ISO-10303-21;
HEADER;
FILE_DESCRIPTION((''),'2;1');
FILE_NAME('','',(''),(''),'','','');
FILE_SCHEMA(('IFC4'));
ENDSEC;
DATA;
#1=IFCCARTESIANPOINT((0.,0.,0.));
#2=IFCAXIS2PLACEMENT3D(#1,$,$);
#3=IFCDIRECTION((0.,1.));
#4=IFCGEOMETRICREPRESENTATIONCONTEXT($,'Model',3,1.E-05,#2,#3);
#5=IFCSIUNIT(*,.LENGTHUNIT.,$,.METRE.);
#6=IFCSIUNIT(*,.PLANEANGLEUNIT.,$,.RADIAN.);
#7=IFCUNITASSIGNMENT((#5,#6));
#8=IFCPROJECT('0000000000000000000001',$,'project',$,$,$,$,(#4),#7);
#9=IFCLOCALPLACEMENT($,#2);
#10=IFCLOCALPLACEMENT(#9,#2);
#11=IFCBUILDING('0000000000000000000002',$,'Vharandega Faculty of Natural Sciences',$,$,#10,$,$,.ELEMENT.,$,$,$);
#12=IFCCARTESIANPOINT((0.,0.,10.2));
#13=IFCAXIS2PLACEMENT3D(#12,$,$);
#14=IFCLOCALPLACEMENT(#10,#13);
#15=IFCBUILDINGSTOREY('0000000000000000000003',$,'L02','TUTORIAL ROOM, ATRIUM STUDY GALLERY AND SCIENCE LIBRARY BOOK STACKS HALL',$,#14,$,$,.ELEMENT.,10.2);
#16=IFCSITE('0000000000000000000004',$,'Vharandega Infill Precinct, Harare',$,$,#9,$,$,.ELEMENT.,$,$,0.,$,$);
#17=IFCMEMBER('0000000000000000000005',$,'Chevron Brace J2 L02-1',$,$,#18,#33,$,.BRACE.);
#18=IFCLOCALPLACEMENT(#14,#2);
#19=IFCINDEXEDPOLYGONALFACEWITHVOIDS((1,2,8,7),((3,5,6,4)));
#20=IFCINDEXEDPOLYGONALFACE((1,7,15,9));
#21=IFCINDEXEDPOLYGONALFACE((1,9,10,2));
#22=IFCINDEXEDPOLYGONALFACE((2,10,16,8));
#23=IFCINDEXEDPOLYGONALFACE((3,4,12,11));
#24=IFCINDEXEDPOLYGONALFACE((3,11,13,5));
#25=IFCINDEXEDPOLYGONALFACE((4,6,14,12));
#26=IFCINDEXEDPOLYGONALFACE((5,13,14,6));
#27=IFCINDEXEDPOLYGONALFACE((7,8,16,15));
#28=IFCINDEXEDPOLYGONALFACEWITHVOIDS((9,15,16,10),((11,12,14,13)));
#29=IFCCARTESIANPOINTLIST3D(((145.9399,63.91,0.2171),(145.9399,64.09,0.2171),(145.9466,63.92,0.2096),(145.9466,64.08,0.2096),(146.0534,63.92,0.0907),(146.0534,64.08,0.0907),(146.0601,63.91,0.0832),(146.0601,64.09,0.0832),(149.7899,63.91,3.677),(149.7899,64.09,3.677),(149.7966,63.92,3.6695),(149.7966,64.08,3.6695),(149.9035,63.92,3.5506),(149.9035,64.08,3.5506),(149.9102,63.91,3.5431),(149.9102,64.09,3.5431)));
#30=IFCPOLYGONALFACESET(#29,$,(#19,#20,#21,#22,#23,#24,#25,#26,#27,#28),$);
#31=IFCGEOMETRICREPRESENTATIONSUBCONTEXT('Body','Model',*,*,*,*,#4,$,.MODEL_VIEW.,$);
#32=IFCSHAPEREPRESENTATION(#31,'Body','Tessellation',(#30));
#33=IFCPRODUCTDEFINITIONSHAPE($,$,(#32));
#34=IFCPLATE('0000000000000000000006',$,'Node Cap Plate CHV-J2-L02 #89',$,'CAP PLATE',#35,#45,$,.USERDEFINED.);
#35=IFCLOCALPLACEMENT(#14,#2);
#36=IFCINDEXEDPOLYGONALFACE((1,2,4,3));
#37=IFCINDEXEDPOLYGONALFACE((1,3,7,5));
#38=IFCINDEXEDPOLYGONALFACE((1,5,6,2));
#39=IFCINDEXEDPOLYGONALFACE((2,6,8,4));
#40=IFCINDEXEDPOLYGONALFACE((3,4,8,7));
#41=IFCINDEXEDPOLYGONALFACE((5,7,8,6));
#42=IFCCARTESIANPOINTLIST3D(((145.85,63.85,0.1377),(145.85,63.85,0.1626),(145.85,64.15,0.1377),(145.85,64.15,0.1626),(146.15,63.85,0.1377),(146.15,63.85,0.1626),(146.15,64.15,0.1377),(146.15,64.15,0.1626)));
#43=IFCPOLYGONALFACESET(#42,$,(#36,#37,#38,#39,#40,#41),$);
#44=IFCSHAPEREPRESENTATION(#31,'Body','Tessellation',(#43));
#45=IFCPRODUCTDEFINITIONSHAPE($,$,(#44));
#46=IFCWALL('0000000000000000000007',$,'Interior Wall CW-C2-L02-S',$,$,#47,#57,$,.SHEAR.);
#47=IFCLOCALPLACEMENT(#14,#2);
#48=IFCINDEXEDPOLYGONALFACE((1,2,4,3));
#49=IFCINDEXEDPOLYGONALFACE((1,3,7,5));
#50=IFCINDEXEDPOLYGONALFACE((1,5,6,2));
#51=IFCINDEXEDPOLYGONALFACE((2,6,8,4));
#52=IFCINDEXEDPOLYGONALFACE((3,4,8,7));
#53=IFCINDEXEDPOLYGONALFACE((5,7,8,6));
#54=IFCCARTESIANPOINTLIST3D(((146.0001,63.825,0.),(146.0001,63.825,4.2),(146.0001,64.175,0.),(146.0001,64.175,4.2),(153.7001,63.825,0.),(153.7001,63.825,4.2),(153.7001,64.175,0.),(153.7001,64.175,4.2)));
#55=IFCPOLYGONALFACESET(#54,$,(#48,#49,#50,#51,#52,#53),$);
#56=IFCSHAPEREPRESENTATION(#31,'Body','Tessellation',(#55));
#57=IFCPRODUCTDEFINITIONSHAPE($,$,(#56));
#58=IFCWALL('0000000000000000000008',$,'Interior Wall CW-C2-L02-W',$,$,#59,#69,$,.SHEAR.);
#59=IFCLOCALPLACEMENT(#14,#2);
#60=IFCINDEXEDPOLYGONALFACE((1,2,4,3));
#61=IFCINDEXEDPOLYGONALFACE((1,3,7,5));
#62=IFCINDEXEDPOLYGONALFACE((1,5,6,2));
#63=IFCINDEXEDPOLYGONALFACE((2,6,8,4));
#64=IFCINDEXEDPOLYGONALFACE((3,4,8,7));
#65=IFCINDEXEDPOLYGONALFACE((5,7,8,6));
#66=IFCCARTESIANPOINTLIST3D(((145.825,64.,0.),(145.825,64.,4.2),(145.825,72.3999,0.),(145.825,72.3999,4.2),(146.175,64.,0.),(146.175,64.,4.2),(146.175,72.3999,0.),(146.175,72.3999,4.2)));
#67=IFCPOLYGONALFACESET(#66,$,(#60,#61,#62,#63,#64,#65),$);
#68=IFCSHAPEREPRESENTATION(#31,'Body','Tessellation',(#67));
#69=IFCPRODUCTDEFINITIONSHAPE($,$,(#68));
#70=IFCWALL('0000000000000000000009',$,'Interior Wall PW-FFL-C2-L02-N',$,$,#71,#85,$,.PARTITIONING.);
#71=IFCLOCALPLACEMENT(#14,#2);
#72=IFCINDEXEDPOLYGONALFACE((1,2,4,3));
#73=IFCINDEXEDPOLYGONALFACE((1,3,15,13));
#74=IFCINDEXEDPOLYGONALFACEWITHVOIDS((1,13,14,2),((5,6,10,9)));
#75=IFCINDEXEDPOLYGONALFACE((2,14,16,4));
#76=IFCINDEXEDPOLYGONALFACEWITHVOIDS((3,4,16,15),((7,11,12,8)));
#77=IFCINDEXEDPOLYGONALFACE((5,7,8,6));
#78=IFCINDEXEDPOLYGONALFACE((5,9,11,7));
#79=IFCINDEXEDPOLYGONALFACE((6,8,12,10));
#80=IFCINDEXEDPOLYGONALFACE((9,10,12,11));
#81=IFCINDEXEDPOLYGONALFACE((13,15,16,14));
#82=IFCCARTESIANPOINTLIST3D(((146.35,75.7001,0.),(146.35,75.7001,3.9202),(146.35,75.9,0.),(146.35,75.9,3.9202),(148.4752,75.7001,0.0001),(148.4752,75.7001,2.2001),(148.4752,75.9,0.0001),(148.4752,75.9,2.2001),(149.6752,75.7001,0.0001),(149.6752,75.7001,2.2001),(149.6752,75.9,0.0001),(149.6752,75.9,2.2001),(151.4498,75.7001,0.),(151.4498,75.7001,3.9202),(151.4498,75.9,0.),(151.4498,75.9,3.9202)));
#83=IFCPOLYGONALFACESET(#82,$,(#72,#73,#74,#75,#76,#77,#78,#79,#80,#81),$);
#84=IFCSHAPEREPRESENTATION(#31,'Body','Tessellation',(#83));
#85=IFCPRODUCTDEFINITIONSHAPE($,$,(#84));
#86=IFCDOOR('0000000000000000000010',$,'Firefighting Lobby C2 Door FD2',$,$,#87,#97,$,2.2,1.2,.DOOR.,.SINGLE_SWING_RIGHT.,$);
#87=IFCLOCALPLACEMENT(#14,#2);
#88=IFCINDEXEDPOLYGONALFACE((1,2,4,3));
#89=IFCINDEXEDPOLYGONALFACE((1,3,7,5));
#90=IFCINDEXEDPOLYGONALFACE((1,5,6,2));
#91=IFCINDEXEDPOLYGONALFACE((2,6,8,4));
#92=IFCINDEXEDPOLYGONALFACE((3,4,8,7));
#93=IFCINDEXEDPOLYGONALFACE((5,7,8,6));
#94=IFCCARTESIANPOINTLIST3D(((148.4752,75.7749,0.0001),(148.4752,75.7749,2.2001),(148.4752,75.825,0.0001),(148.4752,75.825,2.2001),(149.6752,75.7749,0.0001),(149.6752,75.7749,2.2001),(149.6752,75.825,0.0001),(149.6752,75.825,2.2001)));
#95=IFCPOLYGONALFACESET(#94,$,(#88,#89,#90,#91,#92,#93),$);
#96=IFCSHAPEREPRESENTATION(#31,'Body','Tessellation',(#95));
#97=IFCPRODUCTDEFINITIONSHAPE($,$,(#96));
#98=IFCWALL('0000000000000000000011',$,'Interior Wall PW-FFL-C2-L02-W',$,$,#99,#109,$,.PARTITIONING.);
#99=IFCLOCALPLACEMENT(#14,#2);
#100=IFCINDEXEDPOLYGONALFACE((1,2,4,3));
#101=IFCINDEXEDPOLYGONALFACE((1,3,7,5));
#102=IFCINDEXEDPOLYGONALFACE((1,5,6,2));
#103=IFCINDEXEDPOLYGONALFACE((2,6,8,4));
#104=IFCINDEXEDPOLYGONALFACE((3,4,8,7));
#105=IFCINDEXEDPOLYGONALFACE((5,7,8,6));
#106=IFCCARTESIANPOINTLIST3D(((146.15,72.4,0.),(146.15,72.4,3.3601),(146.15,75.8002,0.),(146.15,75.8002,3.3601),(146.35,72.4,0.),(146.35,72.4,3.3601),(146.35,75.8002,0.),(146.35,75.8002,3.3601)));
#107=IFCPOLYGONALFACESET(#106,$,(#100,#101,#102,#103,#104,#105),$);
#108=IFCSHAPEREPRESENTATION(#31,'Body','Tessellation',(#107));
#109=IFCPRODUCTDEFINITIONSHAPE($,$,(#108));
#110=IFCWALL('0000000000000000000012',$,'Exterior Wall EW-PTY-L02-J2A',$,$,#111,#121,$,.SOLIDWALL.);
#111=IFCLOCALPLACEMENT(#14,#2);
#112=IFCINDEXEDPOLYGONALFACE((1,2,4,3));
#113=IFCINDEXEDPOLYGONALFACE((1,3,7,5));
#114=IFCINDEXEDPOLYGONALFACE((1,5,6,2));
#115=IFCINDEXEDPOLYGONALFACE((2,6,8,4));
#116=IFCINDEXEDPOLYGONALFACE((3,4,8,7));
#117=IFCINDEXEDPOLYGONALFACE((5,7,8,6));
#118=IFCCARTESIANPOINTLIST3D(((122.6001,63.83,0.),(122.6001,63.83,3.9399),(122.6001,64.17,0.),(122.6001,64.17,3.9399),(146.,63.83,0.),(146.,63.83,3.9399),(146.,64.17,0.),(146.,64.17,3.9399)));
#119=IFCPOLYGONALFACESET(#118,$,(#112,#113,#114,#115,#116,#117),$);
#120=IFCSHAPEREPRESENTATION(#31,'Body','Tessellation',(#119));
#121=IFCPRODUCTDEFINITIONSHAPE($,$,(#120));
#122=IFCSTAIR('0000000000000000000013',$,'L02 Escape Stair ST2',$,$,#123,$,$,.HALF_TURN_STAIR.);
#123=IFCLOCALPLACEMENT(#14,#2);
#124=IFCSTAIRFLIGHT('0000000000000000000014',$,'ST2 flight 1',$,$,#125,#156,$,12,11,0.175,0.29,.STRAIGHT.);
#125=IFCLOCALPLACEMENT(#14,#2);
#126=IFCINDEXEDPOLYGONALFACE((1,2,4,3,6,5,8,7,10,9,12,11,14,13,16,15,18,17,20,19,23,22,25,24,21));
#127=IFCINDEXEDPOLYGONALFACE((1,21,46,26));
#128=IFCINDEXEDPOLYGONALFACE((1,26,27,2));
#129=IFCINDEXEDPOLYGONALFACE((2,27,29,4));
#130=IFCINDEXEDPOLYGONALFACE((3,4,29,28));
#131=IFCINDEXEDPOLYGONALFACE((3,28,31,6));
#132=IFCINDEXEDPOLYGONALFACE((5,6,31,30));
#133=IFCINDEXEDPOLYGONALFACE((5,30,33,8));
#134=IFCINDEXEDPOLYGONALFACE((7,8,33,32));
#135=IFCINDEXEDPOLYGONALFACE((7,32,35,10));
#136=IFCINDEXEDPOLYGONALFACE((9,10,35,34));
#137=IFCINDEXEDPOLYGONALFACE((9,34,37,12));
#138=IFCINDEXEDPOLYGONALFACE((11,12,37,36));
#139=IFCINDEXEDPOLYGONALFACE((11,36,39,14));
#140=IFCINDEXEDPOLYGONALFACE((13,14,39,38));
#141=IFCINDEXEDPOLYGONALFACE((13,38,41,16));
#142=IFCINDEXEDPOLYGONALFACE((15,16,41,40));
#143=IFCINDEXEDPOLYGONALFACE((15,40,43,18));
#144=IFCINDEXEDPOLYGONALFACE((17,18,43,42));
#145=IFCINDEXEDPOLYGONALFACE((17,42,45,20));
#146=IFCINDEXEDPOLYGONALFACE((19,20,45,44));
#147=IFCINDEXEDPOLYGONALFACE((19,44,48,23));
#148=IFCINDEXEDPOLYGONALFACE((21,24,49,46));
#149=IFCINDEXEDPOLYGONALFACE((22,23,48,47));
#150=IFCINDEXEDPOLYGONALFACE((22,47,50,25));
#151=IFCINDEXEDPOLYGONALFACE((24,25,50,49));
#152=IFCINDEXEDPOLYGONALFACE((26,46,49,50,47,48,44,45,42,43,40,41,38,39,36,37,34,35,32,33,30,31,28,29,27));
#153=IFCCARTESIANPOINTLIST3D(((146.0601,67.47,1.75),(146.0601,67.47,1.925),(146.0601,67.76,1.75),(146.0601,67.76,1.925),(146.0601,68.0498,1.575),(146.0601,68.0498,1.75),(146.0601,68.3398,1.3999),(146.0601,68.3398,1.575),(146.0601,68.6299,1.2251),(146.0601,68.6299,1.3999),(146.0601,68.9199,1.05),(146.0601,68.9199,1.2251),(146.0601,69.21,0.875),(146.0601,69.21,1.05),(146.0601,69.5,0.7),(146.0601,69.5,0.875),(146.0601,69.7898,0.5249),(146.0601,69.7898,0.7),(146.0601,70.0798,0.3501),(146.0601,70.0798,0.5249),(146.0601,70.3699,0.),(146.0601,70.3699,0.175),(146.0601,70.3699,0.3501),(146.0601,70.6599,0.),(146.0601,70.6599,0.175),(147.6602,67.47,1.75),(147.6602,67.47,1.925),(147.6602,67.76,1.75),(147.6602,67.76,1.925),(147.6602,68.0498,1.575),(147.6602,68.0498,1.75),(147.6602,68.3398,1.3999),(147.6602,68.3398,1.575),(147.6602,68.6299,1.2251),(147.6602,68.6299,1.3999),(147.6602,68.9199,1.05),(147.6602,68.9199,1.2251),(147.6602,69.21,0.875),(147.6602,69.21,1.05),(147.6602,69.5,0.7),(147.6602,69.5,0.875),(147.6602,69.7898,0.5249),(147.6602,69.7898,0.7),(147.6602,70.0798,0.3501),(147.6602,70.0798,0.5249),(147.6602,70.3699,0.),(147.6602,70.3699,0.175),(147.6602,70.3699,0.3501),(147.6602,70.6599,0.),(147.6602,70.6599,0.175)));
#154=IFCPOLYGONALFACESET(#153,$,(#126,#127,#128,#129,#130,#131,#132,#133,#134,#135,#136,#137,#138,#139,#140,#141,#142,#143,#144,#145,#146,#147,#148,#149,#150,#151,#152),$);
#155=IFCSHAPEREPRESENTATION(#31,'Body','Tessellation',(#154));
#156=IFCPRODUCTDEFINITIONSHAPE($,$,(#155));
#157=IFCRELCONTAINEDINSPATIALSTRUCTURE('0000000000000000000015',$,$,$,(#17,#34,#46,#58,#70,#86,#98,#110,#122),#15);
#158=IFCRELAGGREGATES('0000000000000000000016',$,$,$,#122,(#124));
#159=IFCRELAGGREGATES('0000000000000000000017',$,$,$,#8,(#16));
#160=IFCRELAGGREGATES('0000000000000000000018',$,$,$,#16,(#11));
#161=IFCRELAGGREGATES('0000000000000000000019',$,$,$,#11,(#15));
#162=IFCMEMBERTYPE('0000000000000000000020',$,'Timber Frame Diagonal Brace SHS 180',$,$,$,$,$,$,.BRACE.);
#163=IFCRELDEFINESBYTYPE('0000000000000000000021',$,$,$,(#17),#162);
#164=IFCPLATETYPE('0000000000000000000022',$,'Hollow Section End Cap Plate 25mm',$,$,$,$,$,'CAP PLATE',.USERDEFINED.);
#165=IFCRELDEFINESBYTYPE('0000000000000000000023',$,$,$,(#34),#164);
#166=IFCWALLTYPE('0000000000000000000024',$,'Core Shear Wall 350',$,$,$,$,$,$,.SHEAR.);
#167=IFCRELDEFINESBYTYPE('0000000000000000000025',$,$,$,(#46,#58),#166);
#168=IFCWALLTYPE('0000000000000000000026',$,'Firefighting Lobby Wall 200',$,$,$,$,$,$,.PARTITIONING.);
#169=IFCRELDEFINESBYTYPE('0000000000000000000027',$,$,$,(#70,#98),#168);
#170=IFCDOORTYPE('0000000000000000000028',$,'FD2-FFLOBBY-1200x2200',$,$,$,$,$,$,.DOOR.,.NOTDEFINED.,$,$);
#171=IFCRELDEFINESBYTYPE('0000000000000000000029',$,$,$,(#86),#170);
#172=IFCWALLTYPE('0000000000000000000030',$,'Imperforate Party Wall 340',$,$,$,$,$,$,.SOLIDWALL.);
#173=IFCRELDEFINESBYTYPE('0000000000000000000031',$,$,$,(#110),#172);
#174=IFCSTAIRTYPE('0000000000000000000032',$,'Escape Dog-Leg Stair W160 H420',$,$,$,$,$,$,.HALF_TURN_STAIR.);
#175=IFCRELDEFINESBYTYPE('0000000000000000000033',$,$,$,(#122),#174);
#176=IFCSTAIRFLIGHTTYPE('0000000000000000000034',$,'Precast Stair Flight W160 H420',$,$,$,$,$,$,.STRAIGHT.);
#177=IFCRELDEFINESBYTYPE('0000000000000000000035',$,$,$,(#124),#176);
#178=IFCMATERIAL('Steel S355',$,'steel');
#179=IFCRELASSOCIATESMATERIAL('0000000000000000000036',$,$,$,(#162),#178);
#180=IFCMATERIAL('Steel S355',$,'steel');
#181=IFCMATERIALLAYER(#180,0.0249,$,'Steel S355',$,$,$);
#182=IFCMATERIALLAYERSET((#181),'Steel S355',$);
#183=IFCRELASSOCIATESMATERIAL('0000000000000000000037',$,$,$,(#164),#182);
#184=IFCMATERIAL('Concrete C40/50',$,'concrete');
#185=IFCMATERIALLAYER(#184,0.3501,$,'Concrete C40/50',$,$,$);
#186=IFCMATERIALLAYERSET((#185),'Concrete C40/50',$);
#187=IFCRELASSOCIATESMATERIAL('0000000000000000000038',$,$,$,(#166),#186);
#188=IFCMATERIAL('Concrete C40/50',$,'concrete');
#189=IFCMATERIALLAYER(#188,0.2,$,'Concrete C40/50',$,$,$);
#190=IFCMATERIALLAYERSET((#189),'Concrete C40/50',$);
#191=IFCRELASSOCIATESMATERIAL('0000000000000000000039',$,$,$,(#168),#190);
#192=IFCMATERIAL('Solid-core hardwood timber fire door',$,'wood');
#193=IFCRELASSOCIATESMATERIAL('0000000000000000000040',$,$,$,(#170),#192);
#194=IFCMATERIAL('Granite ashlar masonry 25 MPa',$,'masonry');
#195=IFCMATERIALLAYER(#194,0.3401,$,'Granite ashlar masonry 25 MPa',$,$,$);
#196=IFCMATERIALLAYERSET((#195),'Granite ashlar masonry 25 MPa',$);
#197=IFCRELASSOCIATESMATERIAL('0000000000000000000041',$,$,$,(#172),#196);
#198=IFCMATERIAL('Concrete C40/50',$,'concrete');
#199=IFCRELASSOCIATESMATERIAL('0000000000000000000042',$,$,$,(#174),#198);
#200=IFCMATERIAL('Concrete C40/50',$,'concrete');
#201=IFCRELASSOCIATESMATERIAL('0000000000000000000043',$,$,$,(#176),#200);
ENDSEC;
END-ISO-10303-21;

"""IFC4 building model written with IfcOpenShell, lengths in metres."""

from ifc_helpers import new_model, si_unit, direction, frame, frame_2d, origin, origin_2d, place, context, subcontext, project, spatial, polyline, rectangle, hollow_rectangle, outline, extrude, material, layer, layer_set, material_profile, profile_set, type_object, element, fill, aggregate, save


model = new_model("IFC4")

# Units and contexts
model_context = context("Model", 3, precision=1e-05, world=origin(), true_north=direction((0.0, 1.0)))
body_context = subcontext(model_context, "Body", "Model", "MODEL_VIEW")
ifc_project = project(units=[si_unit("LENGTHUNIT", "METRE"), si_unit("PLANEANGLEUNIT", "RADIAN")], contexts=[model_context])

# Site, building, storey
site_placement = place(None, origin())
site = spatial("IfcSite", under=ifc_project, at=site_placement, Name="Vharandega Infill Precinct, Harare", CompositionType="ELEMENT", RefElevation=0.0)
building_placement = place(site_placement, origin())
building = spatial("IfcBuilding", under=site, at=building_placement, Name="Vharandega Faculty of Natural Sciences", CompositionType="ELEMENT")
storey_placement = place(building_placement, frame((0.0, 0.0, 10.2)))
storey = spatial("IfcBuildingStorey", under=building, at=storey_placement, Name="L02", Description="TUTORIAL ROOM, ATRIUM STUDY GALLERY AND SCIENCE LIBRARY BOOK STACKS HALL", CompositionType="ELEMENT", Elevation=10.2)

# Member
ifc_material_1 = material(Name="Steel S355", Category="steel")
ifc_material_profile_1 = material_profile(ifc_material_1, hollow_rectangle(XDim=0.1799, YDim=0.1799, WallThickness=0.01, at=origin_2d()), Name="SHS 180x180x10")
ifc_profile_set_1 = profile_set([ifc_material_profile_1], Name="Steel S355")
member_type = type_object("IfcMemberType", Name="Timber Frame Diagonal Brace SHS 180", PredefinedType="BRACE", material=ifc_profile_set_1)
member_placement = place(storey_placement, frame((146.0, 64.0, 0.1501), z_axis=(0.743786, 0.0, 0.668417), x_axis=(0.0, 1.0, 0.0)))
element("IfcMember", 1, at=member_placement, inside=storey, type_object=member_type, Name="Chevron Brace J2 L02-1", PredefinedType="BRACE", context=body_context, shape_type="SweptSolid", body=[
    extrude(hollow_rectangle(XDim=0.1799, YDim=0.1799, WallThickness=0.01, at=origin_2d()), origin(), (0.0, 0.0, 1.0), 5.1763),
])

# Plate
ifc_material_2 = material(Name="Steel S355", Category="steel")
ifc_layer_1 = layer(ifc_material_2, 0.0249, Name="Steel S355")
ifc_layer_set_1 = layer_set([ifc_layer_1], Name="Steel S355")
plate_type = type_object("IfcPlateType", Name="Hollow Section End Cap Plate 25mm", ElementType="CAP PLATE", PredefinedType="USERDEFINED", material=ifc_layer_set_1)
plate_placement = place(storey_placement, frame((146.0, 64.0, 0.1377), z_axis=(0.0, 0.0, 1.0), x_axis=(1.0, 0.0, 0.0)))
element("IfcPlate", 2, at=plate_placement, inside=storey, type_object=plate_type, Name="Node Cap Plate CHV-J2-L02 #89", ObjectType="CAP PLATE", PredefinedType="USERDEFINED", context=body_context, shape_type="SweptSolid", body=[
    extrude(rectangle(XDim=0.3, YDim=0.3, at=origin_2d()), origin(), (0.0, 0.0, 1.0), 0.0249),
])

# Walls
ifc_material_3 = material(Name="Concrete C40/50", Category="concrete")
ifc_layer_2 = layer(ifc_material_3, 0.3501, Name="Concrete C40/50")
ifc_layer_set_2 = layer_set([ifc_layer_2], Name="Concrete C40/50")
wall_type_1 = type_object("IfcWallType", Name="Core Shear Wall 350", PredefinedType="SHEAR", material=ifc_layer_set_2)
wall_1_placement = place(storey_placement, frame((146.0, 64.0, 0.0), z_axis=(0.0, 0.0, 1.0), x_axis=(1.0, 0.0, 0.0)))
element("IfcWall", 3, at=wall_1_placement, inside=storey, type_object=wall_type_1, Name="Interior Wall CW-C2-L02-S", PredefinedType="SHEAR", context=body_context, shape_type="SweptSolid", body=[
    extrude(rectangle(XDim=7.7, YDim=0.3501, at=frame_2d((3.8501, 0.0))), origin(), (0.0, 0.0, 1.0), 4.2),
])
wall_2_placement = place(storey_placement, frame((146.0, 64.0, 0.0), z_axis=(0.0, 0.0, 1.0), x_axis=(0.0, 1.0, 0.0)))
element("IfcWall", 4, at=wall_2_placement, inside=storey, type_object=wall_type_1, Name="Interior Wall CW-C2-L02-W", PredefinedType="SHEAR", context=body_context, shape_type="SweptSolid", body=[
    extrude(rectangle(XDim=8.3999, YDim=0.3501, at=frame_2d((4.2, 0.0))), origin(), (0.0, 0.0, 1.0), 4.2),
])

# Wall, opening, door
ifc_material_4 = material(Name="Concrete C40/50", Category="concrete")
ifc_layer_3 = layer(ifc_material_4, 0.2, Name="Concrete C40/50")
ifc_layer_set_3 = layer_set([ifc_layer_3], Name="Concrete C40/50")
wall_type_2 = type_object("IfcWallType", Name="Firefighting Lobby Wall 200", PredefinedType="PARTITIONING", material=ifc_layer_set_3)
wall_3_placement = place(storey_placement, frame((146.3501, 75.8, 0.0), z_axis=(0.0, 0.0, 1.0), x_axis=(1.0, 0.0, 0.0)))
wall_3 = element("IfcWall", 5, at=wall_3_placement, inside=storey, type_object=wall_type_2, Name="Interior Wall PW-FFL-C2-L02-N", PredefinedType="PARTITIONING", context=body_context, shape_type="SweptSolid", body=[
    extrude(rectangle(XDim=5.0999, YDim=0.2, at=frame_2d((2.5498, 0.0))), origin(), (0.0, 0.0, 1.0), 3.9202),
])
opening_1_placement = place(wall_3_placement, frame((2.125, 0.0, 0.0)))
opening_1 = element("IfcOpeningElement", 6, at=opening_1_placement, cuts=wall_3, PredefinedType="OPENING", context=body_context, shape_type="SweptSolid", body=[
    extrude(rectangle(XDim=1.2, YDim=2.2, at=frame_2d((0.6001, 1.1001))), frame((0.0, 0.1099, 0.0), z_axis=(0.0, -1.0, 0.0), x_axis=(1.0, 0.0, 0.0)), (0.0, 0.0, 1.0), 0.22),
])
ifc_material_5 = material(Name="Solid-core hardwood timber fire door", Category="wood")
door_type_1 = type_object("IfcDoorType", Name="FD2-FFLOBBY-1200x2200", OperationType="NOTDEFINED", PredefinedType="DOOR", material=ifc_material_5)
door_1_placement = place(opening_1_placement, origin())
door_1 = element("IfcDoor", 7, at=door_1_placement, inside=storey, type_object=door_type_1, Name="Firefighting Lobby C2 Door FD2", OperationType="SINGLE_SWING_RIGHT", OverallHeight=2.2, OverallWidth=1.2, PredefinedType="DOOR", context=body_context, shape_type="SweptSolid", body=[
    extrude(rectangle(XDim=1.2, YDim=2.2, at=frame_2d((0.6001, 1.1001))), frame((0.0, 0.0249, 0.0), z_axis=(0.0, -1.0, 0.0), x_axis=(1.0, 0.0, 0.0)), (0.0, 0.0, 1.0), 0.05),
])
fill(opening_1, door_1)

# Walls
wall_4_placement = place(storey_placement, frame((146.25, 72.3999, 0.0), z_axis=(0.0, 0.0, 1.0), x_axis=(0.0, 1.0, 0.0)))
element("IfcWall", 8, at=wall_4_placement, inside=storey, type_object=wall_type_2, Name="Interior Wall PW-FFL-C2-L02-W", PredefinedType="PARTITIONING", context=body_context, shape_type="SweptSolid", body=[
    extrude(rectangle(XDim=3.4001, YDim=0.2, at=frame_2d((1.7002, 0.0))), origin(), (0.0, 0.0, 1.0), 3.3601),
])
ifc_material_6 = material(Name="Granite ashlar masonry 25 MPa", Category="masonry")
ifc_layer_4 = layer(ifc_material_6, 0.3401, Name="Granite ashlar masonry 25 MPa")
ifc_layer_set_4 = layer_set([ifc_layer_4], Name="Granite ashlar masonry 25 MPa")
wall_type_3 = type_object("IfcWallType", Name="Imperforate Party Wall 340", PredefinedType="SOLIDWALL", material=ifc_layer_set_4)
wall_5_placement = place(storey_placement, frame((146.0, 64.0, 0.0), z_axis=(0.0, 0.0, 1.0), x_axis=(-1.0, 0.0, 0.0)))
element("IfcWall", 9, at=wall_5_placement, inside=storey, type_object=wall_type_3, Name="Exterior Wall EW-PTY-L02-J2A", PredefinedType="SOLIDWALL", context=body_context, shape_type="SweptSolid", body=[
    extrude(rectangle(XDim=23.3999, YDim=0.3401, at=frame_2d((11.7, 0.0))), origin(), (0.0, 0.0, 1.0), 3.9399),
])

# Stair, stair flight
ifc_material_7 = material(Name="Concrete C40/50", Category="concrete")
stair_type = type_object("IfcStairType", Name="Escape Dog-Leg Stair W160 H420", PredefinedType="HALF_TURN_STAIR", material=ifc_material_7)
stair_placement = place(storey_placement, origin())
stair = element("IfcStair", 10, at=stair_placement, inside=storey, type_object=stair_type, Name="L02 Escape Stair ST2", PredefinedType="HALF_TURN_STAIR")
ifc_material_8 = material(Name="Concrete C40/50", Category="concrete")
stair_flight_type = type_object("IfcStairFlightType", Name="Precast Stair Flight W160 H420", PredefinedType="STRAIGHT", material=ifc_material_8)
stair_flight_placement = place(storey_placement, frame((146.8601, 70.6599, 0.0), z_axis=(0.0, 0.0, 1.0), x_axis=(0.0, -1.0, 0.0)))
stair_flight = element("IfcStairFlight", 11, at=stair_flight_placement, type_object=stair_flight_type, Name="ST2 flight 1", NumberOfRisers=12, NumberOfTreads=11, PredefinedType="STRAIGHT", RiserHeight=0.175, TreadLength=0.29, context=body_context, shape_type="SweptSolid", body=[
    extrude(outline(polyline([(0.0, 0.0), (0.0, 0.175), (0.29, 0.175), (0.29, 0.3501), (0.5801, 0.3501), (0.5801, 0.5249), (0.8701, 0.5249), (0.8701, 0.7), (1.1599, 0.7), (1.1599, 0.875), (1.45, 0.875), (1.45, 1.05), (1.74, 1.05), (1.74, 1.2251), (2.03, 1.2251), (2.03, 1.3999), (2.3201, 1.3999), (2.3201, 1.575), (2.6101, 1.575), (2.6101, 1.75), (2.8999, 1.75), (2.8999, 1.925), (3.1899, 1.925), (3.1899, 2.1001), (3.1899, 1.75), (0.29, 0.0), (0.0, 0.0)])), frame((0.0, 0.8, 0.0), z_axis=(0.0, -1.0, 0.0), x_axis=(1.0, 0.0, 0.0)), (0.0, 0.0, 1.0), 1.6001),
])
aggregate(stair, [stair_flight])

save(model, "model.ifc")
